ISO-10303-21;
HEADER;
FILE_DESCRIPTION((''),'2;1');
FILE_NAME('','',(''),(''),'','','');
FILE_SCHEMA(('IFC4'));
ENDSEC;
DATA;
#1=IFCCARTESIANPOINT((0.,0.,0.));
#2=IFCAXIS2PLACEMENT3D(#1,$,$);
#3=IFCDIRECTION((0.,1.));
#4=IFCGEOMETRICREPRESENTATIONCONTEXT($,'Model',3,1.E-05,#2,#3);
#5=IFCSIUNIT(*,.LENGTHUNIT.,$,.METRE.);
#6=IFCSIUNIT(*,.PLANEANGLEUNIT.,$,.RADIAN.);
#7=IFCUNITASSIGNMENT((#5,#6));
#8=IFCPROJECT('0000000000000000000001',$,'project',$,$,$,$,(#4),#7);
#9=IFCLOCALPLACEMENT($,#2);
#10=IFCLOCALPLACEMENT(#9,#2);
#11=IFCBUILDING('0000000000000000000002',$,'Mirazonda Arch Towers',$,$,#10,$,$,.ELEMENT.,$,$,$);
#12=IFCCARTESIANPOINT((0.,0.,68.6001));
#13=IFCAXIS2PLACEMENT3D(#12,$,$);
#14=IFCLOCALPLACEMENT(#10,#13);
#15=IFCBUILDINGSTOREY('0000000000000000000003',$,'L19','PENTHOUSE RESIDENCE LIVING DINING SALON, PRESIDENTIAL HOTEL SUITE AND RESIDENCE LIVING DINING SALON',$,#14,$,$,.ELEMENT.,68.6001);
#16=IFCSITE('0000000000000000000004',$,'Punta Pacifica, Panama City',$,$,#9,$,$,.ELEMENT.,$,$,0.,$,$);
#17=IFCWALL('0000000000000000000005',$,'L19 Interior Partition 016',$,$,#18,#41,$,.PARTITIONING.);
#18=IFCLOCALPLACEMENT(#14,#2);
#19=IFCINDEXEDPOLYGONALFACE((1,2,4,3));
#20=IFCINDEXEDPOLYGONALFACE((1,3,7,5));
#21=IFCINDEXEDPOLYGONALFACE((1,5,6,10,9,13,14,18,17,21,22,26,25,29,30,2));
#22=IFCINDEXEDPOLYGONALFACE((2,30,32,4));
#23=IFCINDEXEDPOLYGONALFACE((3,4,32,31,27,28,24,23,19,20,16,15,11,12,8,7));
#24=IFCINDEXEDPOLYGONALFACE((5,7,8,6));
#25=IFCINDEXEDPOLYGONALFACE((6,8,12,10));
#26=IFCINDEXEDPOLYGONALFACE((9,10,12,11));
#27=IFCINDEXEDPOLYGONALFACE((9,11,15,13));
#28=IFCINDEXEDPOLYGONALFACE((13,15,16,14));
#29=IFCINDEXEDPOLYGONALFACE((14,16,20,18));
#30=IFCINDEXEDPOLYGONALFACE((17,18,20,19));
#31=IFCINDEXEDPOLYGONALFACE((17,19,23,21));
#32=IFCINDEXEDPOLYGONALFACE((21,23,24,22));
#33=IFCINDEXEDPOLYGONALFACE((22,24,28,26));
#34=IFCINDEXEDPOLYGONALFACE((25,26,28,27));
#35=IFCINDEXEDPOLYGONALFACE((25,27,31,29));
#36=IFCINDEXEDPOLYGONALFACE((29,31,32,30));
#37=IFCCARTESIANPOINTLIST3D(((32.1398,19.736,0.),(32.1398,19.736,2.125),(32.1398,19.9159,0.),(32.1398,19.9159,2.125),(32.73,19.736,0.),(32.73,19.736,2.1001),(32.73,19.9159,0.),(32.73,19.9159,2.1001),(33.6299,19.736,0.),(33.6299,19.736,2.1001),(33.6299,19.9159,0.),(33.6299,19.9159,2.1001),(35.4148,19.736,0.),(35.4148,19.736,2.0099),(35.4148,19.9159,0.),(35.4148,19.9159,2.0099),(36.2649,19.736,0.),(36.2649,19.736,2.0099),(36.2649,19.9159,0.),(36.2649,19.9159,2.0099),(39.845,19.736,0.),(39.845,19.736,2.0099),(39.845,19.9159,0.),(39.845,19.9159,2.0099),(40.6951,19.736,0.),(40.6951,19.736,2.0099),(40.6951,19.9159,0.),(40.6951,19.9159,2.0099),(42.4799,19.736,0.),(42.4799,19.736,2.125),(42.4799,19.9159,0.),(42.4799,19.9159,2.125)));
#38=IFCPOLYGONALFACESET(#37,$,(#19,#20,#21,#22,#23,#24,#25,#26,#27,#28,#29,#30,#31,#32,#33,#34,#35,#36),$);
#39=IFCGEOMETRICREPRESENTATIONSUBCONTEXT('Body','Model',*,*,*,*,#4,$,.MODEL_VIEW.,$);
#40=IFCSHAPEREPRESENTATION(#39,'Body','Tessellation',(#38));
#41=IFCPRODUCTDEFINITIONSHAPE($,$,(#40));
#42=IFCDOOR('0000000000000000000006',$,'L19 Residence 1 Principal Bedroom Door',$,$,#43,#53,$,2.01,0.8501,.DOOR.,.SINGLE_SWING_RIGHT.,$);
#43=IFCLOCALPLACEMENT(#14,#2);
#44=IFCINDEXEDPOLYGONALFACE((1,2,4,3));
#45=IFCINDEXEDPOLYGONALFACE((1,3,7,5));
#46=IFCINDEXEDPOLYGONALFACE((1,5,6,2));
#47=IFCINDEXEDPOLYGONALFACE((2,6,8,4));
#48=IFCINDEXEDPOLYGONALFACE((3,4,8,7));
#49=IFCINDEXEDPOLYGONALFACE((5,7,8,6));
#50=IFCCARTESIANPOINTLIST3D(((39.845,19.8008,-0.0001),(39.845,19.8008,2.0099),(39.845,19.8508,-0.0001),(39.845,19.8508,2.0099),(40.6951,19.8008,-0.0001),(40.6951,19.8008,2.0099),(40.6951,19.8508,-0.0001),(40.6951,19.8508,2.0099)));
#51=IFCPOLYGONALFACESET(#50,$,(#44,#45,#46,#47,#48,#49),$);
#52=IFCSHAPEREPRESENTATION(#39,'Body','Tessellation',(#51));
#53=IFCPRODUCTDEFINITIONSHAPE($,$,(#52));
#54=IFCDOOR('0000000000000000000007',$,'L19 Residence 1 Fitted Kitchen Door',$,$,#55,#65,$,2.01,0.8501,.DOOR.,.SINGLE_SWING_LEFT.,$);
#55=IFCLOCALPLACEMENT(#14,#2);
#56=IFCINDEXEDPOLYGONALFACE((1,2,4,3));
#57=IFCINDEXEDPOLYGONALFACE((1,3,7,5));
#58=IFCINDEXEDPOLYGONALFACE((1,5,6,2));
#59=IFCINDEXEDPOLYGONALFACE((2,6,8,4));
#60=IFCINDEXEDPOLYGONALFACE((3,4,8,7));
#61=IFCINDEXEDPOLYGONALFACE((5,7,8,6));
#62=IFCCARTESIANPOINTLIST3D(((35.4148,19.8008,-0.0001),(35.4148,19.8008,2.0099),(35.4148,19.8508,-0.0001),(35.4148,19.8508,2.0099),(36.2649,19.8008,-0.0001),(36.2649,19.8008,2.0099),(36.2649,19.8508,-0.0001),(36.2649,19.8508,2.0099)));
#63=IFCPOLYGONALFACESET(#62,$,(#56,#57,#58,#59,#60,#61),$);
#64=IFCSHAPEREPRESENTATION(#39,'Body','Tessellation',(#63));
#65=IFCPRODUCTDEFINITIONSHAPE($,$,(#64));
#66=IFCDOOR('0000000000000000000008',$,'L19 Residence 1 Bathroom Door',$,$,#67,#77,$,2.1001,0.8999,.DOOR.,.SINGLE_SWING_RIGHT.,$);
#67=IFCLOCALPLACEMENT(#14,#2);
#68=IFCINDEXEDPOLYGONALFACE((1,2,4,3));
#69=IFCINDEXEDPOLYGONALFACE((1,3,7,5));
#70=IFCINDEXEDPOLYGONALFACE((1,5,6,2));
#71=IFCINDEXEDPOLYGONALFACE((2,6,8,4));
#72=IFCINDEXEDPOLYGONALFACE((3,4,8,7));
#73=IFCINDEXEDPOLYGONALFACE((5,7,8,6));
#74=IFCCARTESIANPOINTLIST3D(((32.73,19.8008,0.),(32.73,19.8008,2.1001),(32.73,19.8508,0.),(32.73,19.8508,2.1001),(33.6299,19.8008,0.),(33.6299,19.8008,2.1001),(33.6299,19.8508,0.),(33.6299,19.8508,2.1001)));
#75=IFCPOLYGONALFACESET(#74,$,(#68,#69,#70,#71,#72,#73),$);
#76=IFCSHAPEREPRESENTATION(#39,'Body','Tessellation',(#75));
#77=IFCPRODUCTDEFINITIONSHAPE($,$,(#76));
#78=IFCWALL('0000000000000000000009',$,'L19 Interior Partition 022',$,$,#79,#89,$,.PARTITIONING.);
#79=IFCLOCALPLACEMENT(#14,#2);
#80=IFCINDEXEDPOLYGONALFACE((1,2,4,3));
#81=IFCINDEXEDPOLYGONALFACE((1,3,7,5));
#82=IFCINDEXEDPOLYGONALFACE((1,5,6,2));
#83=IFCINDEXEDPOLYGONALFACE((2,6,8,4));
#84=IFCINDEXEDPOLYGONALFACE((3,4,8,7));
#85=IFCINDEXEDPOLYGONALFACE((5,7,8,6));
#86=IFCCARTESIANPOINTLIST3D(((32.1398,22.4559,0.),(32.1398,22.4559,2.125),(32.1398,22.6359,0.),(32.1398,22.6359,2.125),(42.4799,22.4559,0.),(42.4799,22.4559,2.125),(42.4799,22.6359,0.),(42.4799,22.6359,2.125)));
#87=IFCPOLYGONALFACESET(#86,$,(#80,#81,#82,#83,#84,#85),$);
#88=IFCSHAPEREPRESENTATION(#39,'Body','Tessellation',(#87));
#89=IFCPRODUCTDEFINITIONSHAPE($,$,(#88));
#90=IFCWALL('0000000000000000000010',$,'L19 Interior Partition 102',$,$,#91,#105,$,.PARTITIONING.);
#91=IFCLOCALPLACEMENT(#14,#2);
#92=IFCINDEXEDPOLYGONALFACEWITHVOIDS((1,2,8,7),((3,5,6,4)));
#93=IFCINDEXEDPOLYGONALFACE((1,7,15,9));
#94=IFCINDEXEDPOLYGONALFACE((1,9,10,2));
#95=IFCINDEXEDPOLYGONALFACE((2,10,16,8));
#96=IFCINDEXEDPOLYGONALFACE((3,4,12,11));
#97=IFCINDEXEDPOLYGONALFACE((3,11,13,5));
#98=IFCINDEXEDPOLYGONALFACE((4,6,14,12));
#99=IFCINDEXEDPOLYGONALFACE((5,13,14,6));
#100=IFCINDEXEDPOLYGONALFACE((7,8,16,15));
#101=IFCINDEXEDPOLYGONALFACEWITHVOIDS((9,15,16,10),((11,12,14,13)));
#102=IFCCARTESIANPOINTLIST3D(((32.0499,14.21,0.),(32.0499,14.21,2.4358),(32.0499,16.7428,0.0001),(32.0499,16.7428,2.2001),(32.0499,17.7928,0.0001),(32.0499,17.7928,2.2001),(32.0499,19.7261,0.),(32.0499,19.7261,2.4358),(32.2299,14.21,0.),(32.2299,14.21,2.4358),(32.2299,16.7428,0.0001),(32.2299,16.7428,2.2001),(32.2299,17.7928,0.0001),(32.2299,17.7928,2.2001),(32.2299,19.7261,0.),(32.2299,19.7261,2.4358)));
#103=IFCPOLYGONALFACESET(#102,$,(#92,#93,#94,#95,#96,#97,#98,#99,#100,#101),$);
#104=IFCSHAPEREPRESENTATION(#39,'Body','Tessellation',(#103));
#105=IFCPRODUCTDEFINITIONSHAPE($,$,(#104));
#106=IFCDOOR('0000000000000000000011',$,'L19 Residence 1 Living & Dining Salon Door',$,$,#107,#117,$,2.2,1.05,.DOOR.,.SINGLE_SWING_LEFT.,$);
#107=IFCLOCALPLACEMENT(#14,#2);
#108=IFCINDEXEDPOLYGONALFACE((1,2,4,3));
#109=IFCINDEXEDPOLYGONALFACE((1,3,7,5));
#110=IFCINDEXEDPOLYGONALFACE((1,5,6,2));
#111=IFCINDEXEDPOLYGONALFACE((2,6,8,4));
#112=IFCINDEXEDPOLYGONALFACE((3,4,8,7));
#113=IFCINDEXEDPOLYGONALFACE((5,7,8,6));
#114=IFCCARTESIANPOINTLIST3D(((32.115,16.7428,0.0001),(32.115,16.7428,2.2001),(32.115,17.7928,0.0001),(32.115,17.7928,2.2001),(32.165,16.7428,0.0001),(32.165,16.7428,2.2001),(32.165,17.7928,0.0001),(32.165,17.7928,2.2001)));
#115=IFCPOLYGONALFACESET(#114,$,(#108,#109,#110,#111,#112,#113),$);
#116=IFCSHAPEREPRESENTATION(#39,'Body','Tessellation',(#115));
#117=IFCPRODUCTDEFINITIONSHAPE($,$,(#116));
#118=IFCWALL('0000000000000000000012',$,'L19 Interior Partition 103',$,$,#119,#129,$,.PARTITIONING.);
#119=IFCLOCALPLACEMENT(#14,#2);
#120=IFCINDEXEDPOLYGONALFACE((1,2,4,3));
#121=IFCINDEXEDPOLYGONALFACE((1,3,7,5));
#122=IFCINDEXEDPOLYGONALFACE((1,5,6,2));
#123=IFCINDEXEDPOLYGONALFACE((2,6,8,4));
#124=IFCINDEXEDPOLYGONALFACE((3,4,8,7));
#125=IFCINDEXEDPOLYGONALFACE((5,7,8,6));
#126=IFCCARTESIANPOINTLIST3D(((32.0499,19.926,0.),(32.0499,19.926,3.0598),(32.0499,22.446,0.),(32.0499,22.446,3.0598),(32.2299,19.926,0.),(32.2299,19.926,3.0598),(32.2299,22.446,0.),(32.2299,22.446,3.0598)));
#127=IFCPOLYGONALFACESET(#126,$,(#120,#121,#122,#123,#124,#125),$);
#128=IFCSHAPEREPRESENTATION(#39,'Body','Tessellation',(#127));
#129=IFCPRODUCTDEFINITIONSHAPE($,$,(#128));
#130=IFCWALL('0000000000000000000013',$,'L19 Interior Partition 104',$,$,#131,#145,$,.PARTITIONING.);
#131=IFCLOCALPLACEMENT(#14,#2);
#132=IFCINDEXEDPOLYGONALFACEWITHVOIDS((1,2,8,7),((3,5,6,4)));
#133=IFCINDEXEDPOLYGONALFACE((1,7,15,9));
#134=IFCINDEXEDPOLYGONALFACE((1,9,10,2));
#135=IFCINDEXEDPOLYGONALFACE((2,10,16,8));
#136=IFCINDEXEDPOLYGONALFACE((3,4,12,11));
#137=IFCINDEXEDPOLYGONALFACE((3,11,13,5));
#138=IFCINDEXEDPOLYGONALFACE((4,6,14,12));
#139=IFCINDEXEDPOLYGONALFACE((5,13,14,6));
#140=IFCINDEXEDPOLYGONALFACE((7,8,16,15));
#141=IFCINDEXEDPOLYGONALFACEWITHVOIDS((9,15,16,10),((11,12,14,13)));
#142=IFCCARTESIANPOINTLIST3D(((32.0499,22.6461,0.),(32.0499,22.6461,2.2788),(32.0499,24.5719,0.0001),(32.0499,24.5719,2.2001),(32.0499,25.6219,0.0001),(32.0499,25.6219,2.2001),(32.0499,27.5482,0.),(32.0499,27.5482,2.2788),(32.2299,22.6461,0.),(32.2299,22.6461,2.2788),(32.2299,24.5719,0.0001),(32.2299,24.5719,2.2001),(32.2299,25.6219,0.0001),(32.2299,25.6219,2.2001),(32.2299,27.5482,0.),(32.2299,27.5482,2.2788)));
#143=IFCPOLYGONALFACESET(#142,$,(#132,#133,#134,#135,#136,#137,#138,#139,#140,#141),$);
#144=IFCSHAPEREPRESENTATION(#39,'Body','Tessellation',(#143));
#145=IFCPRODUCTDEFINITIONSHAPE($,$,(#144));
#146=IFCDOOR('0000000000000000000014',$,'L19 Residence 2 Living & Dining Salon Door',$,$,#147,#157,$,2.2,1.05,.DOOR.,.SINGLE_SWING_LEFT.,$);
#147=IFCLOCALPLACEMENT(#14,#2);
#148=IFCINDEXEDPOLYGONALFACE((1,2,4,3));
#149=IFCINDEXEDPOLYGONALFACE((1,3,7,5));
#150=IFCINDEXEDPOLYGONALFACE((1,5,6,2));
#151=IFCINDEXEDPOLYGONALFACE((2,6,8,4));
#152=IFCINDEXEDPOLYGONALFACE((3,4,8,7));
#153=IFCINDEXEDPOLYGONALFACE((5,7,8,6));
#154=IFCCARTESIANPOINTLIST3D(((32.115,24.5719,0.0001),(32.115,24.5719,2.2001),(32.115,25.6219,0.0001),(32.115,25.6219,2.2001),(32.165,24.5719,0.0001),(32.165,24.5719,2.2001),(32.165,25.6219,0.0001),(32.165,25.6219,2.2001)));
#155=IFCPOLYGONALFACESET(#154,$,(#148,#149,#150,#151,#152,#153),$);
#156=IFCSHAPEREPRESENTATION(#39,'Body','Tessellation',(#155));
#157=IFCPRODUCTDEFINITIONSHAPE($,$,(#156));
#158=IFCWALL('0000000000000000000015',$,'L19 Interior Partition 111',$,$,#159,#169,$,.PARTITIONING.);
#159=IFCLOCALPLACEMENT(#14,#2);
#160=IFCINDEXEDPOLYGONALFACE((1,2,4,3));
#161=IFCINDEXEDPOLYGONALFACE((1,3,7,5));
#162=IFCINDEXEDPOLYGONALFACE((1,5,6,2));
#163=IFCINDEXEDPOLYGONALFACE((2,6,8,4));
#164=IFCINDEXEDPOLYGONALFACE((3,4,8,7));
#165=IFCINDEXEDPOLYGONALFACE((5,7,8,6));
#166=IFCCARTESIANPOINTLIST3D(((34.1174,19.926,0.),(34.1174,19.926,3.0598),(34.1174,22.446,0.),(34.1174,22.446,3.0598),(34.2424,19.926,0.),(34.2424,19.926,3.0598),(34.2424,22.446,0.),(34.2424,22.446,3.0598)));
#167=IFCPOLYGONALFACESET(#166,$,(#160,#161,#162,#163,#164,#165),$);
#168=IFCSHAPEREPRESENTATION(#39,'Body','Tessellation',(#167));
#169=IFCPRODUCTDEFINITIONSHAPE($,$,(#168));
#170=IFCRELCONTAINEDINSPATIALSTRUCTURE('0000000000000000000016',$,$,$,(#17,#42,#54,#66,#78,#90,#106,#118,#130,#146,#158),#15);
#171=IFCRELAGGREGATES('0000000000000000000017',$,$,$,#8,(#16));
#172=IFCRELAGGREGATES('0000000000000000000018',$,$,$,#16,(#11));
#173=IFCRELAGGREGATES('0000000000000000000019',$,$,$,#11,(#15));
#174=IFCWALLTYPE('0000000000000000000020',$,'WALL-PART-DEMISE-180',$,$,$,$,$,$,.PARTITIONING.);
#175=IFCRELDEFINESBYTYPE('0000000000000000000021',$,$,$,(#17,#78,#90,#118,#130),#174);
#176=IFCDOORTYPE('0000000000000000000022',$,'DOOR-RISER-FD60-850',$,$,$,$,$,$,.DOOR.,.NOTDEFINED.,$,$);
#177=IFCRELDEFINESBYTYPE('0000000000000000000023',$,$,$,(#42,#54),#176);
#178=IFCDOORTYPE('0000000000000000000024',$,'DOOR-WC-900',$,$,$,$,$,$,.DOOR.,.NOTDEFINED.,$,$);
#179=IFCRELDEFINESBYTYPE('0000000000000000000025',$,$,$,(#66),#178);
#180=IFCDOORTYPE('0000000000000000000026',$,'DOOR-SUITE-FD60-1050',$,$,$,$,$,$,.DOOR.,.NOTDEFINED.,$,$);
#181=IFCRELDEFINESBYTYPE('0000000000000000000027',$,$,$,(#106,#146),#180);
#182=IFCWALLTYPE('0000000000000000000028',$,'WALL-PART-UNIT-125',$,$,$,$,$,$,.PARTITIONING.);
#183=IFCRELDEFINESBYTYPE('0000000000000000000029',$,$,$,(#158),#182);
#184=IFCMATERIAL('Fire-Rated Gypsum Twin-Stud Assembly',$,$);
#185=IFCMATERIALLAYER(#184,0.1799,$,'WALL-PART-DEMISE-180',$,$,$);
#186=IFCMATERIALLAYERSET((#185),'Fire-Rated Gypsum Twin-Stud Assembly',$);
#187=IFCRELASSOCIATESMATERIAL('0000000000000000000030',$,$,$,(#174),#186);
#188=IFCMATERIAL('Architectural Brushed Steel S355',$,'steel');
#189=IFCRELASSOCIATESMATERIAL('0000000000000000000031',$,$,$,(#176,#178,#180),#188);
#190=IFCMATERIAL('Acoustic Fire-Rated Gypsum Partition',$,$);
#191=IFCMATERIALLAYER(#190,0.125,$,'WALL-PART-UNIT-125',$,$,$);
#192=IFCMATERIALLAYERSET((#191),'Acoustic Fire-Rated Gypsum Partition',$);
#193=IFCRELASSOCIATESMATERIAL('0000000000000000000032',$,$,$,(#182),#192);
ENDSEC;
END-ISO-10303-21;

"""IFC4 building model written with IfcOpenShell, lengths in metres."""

from ifc_helpers import new_model, si_unit, direction, frame, frame_2d, origin, place, context, subcontext, project, spatial, rectangle, extrude, material, layer, layer_set, type_object, element, fill, save


model = new_model("IFC4")

# Units and contexts
model_context = context("Model", 3, precision=1e-05, world=origin(), true_north=direction((0.0, 1.0)))
body_context = subcontext(model_context, "Body", "Model", "MODEL_VIEW")
ifc_project = project(units=[si_unit("LENGTHUNIT", "METRE"), si_unit("PLANEANGLEUNIT", "RADIAN")], contexts=[model_context])

# Site, building, storey
site_placement = place(None, origin())
site = spatial("IfcSite", under=ifc_project, at=site_placement, Name="Punta Pacifica, Panama City", CompositionType="ELEMENT", RefElevation=0.0)
building_placement = place(site_placement, origin())
building = spatial("IfcBuilding", under=site, at=building_placement, Name="Mirazonda Arch Towers", CompositionType="ELEMENT")
storey_placement = place(building_placement, frame((0.0, 0.0, 68.6001)))
storey = spatial("IfcBuildingStorey", under=building, at=storey_placement, Name="L19", Description="PENTHOUSE RESIDENCE LIVING DINING SALON, PRESIDENTIAL HOTEL SUITE AND RESIDENCE LIVING DINING SALON", CompositionType="ELEMENT", Elevation=68.6001)

# Wall, openings, doors
ifc_material_1 = material(Name="Fire-Rated Gypsum Twin-Stud Assembly")
ifc_layer_1 = layer(ifc_material_1, 0.1799, Name="WALL-PART-DEMISE-180")
ifc_layer_set_1 = layer_set([ifc_layer_1], Name="Fire-Rated Gypsum Twin-Stud Assembly")
wall_type_1 = type_object("IfcWallType", Name="WALL-PART-DEMISE-180", PredefinedType="PARTITIONING", material=ifc_layer_set_1)
wall_1_placement = place(storey_placement, frame((32.1399, 19.8259, 0.0), z_axis=(0.0, 0.0, 1.0), x_axis=(1.0, 0.0, 0.0)))
wall_1 = element("IfcWall", 1, at=wall_1_placement, inside=storey, type_object=wall_type_1, Name="L19 Interior Partition 016", PredefinedType="PARTITIONING", context=body_context, shape_type="SweptSolid", body=[
    extrude(rectangle(XDim=10.3401, YDim=0.1799, at=frame_2d((5.1699, 0.0))), origin(), (0.0, 0.0, 1.0), 2.125),
])
opening_1_placement = place(wall_1_placement, frame((7.7051, 0.0, 0.0)))
opening_1 = element("IfcOpeningElement", 2, at=opening_1_placement, cuts=wall_1, PredefinedType="OPENING", context=body_context, shape_type="SweptSolid", body=[
    extrude(rectangle(XDim=0.8501, YDim=2.01, at=frame_2d((0.425, 1.0049))), frame((0.0, 0.0999, 0.0), z_axis=(0.0, -1.0, 0.0), x_axis=(1.0, 0.0, 0.0)), (0.0, 0.0, 1.0), 0.2),
])
opening_2_placement = place(wall_1_placement, frame((3.2749, 0.0, 0.0)))
opening_2 = element("IfcOpeningElement", 3, at=opening_2_placement, cuts=wall_1, PredefinedType="OPENING", context=body_context, shape_type="SweptSolid", body=[
    extrude(rectangle(XDim=0.8501, YDim=2.01, at=frame_2d((0.425, 1.0049))), frame((0.0, 0.0999, 0.0), z_axis=(0.0, -1.0, 0.0), x_axis=(1.0, 0.0, 0.0)), (0.0, 0.0, 1.0), 0.2),
])
opening_3_placement = place(wall_1_placement, frame((0.5901, 0.0, 0.0)))
opening_3 = element("IfcOpeningElement", 4, at=opening_3_placement, cuts=wall_1, PredefinedType="OPENING", context=body_context, shape_type="SweptSolid", body=[
    extrude(rectangle(XDim=0.8999, YDim=2.1001, at=frame_2d((0.45, 1.05))), frame((0.0, 0.0999, 0.0), z_axis=(0.0, -1.0, 0.0), x_axis=(1.0, 0.0, 0.0)), (0.0, 0.0, 1.0), 0.2),
])
ifc_material_2 = material(Name="Architectural Brushed Steel S355", Category="steel")
door_type_1 = type_object("IfcDoorType", Name="DOOR-RISER-FD60-850", OperationType="NOTDEFINED", PredefinedType="DOOR", material=ifc_material_2)
door_1_placement = place(opening_1_placement, origin())
door_1 = element("IfcDoor", 5, at=door_1_placement, inside=storey, type_object=door_type_1, Name="L19 Residence 1 Principal Bedroom Door", OperationType="SINGLE_SWING_RIGHT", OverallHeight=2.01, OverallWidth=0.8501, PredefinedType="DOOR", context=body_context, shape_type="SweptSolid", body=[
    extrude(rectangle(XDim=0.8501, YDim=2.01, at=frame_2d((0.425, 1.0049))), frame((0.0, 0.0249, 0.0), z_axis=(0.0, -1.0, 0.0), x_axis=(1.0, 0.0, 0.0)), (0.0, 0.0, 1.0), 0.05),
])
fill(opening_1, door_1)
door_2_placement = place(opening_2_placement, origin())
door_2 = element("IfcDoor", 6, at=door_2_placement, inside=storey, type_object=door_type_1, Name="L19 Residence 1 Fitted Kitchen Door", OperationType="SINGLE_SWING_LEFT", OverallHeight=2.01, OverallWidth=0.8501, PredefinedType="DOOR", context=body_context, shape_type="SweptSolid", body=[
    extrude(rectangle(XDim=0.8501, YDim=2.01, at=frame_2d((0.425, 1.0049))), frame((0.0, 0.0249, 0.0), z_axis=(0.0, -1.0, 0.0), x_axis=(1.0, 0.0, 0.0)), (0.0, 0.0, 1.0), 0.05),
])
fill(opening_2, door_2)
door_type_2 = type_object("IfcDoorType", Name="DOOR-WC-900", OperationType="NOTDEFINED", PredefinedType="DOOR", material=ifc_material_2)
door_3_placement = place(opening_3_placement, origin())
door_3 = element("IfcDoor", 7, at=door_3_placement, inside=storey, type_object=door_type_2, Name="L19 Residence 1 Bathroom Door", OperationType="SINGLE_SWING_RIGHT", OverallHeight=2.1001, OverallWidth=0.8999, PredefinedType="DOOR", context=body_context, shape_type="SweptSolid", body=[
    extrude(rectangle(XDim=0.8999, YDim=2.1001, at=frame_2d((0.45, 1.05))), frame((0.0, 0.0249, 0.0), z_axis=(0.0, -1.0, 0.0), x_axis=(1.0, 0.0, 0.0)), (0.0, 0.0, 1.0), 0.05),
])
fill(opening_3, door_3)

# Wall
wall_2_placement = place(storey_placement, frame((32.1399, 22.5459, 0.0), z_axis=(0.0, 0.0, 1.0), x_axis=(1.0, 0.0, 0.0)))
element("IfcWall", 8, at=wall_2_placement, inside=storey, type_object=wall_type_1, Name="L19 Interior Partition 022", PredefinedType="PARTITIONING", context=body_context, shape_type="SweptSolid", body=[
    extrude(rectangle(XDim=10.3401, YDim=0.1799, at=frame_2d((5.1699, 0.0))), origin(), (0.0, 0.0, 1.0), 2.125),
])

# Wall, opening, door
wall_3_placement = place(storey_placement, frame((32.1399, 14.21, 0.0), z_axis=(0.0, 0.0, 1.0), x_axis=(0.0, 1.0, 0.0)))
wall_3 = element("IfcWall", 9, at=wall_3_placement, inside=storey, type_object=wall_type_1, Name="L19 Interior Partition 102", PredefinedType="PARTITIONING", context=body_context, shape_type="SweptSolid", body=[
    extrude(rectangle(XDim=5.5161, YDim=0.1799, at=frame_2d((2.7581, 0.0))), origin(), (0.0, 0.0, 1.0), 2.4358),
])
opening_4_placement = place(wall_3_placement, frame((2.533, 0.0, 0.0)))
opening_4 = element("IfcOpeningElement", 10, at=opening_4_placement, cuts=wall_3, PredefinedType="OPENING", context=body_context, shape_type="SweptSolid", body=[
    extrude(rectangle(XDim=1.05, YDim=2.2, at=frame_2d((0.5249, 1.1001))), frame((0.0, 0.0999, 0.0), z_axis=(0.0, -1.0, 0.0), x_axis=(1.0, 0.0, 0.0)), (0.0, 0.0, 1.0), 0.2),
])
door_type_3 = type_object("IfcDoorType", Name="DOOR-SUITE-FD60-1050", OperationType="NOTDEFINED", PredefinedType="DOOR", material=ifc_material_2)
door_4_placement = place(opening_4_placement, origin())
door_4 = element("IfcDoor", 11, at=door_4_placement, inside=storey, type_object=door_type_3, Name="L19 Residence 1 Living & Dining Salon Door", OperationType="SINGLE_SWING_LEFT", OverallHeight=2.2, OverallWidth=1.05, PredefinedType="DOOR", context=body_context, shape_type="SweptSolid", body=[
    extrude(rectangle(XDim=1.05, YDim=2.2, at=frame_2d((0.5249, 1.1001))), frame((0.0, 0.0249, 0.0), z_axis=(0.0, -1.0, 0.0), x_axis=(1.0, 0.0, 0.0)), (0.0, 0.0, 1.0), 0.05),
])
fill(opening_4, door_4)

# Wall
wall_4_placement = place(storey_placement, frame((32.1399, 19.926, 0.0), z_axis=(0.0, 0.0, 1.0), x_axis=(0.0, 1.0, 0.0)))
element("IfcWall", 12, at=wall_4_placement, inside=storey, type_object=wall_type_1, Name="L19 Interior Partition 103", PredefinedType="PARTITIONING", context=body_context, shape_type="SweptSolid", body=[
    extrude(rectangle(XDim=2.52, YDim=0.1799, at=frame_2d((1.26, 0.0))), origin(), (0.0, 0.0, 1.0), 3.0598),
])

# Wall, opening, door
wall_5_placement = place(storey_placement, frame((32.1399, 22.646, 0.0), z_axis=(0.0, 0.0, 1.0), x_axis=(0.0, 1.0, 0.0)))
wall_5 = element("IfcWall", 13, at=wall_5_placement, inside=storey, type_object=wall_type_1, Name="L19 Interior Partition 104", PredefinedType="PARTITIONING", context=body_context, shape_type="SweptSolid", body=[
    extrude(rectangle(XDim=4.9021, YDim=0.1799, at=frame_2d((2.4512, 0.0))), origin(), (0.0, 0.0, 1.0), 2.2788),
])
opening_5_placement = place(wall_5_placement, frame((1.926, 0.0, 0.0)))
opening_5 = element("IfcOpeningElement", 14, at=opening_5_placement, cuts=wall_5, PredefinedType="OPENING", context=body_context, shape_type="SweptSolid", body=[
    extrude(rectangle(XDim=1.05, YDim=2.2, at=frame_2d((0.5249, 1.1001))), frame((0.0, 0.0999, 0.0), z_axis=(0.0, -1.0, 0.0), x_axis=(1.0, 0.0, 0.0)), (0.0, 0.0, 1.0), 0.2),
])
door_5_placement = place(opening_5_placement, origin())
door_5 = element("IfcDoor", 15, at=door_5_placement, inside=storey, type_object=door_type_3, Name="L19 Residence 2 Living & Dining Salon Door", OperationType="SINGLE_SWING_LEFT", OverallHeight=2.2, OverallWidth=1.05, PredefinedType="DOOR", context=body_context, shape_type="SweptSolid", body=[
    extrude(rectangle(XDim=1.05, YDim=2.2, at=frame_2d((0.5249, 1.1001))), frame((0.0, 0.0249, 0.0), z_axis=(0.0, -1.0, 0.0), x_axis=(1.0, 0.0, 0.0)), (0.0, 0.0, 1.0), 0.05),
])
fill(opening_5, door_5)

# Wall
ifc_material_3 = material(Name="Acoustic Fire-Rated Gypsum Partition")
ifc_layer_2 = layer(ifc_material_3, 0.125, Name="WALL-PART-UNIT-125")
ifc_layer_set_2 = layer_set([ifc_layer_2], Name="Acoustic Fire-Rated Gypsum Partition")
wall_type_2 = type_object("IfcWallType", Name="WALL-PART-UNIT-125", PredefinedType="PARTITIONING", material=ifc_layer_set_2)
wall_6_placement = place(storey_placement, frame((34.1799, 19.926, 0.0), z_axis=(0.0, 0.0, 1.0), x_axis=(0.0, 1.0, 0.0)))
element("IfcWall", 16, at=wall_6_placement, inside=storey, type_object=wall_type_2, Name="L19 Interior Partition 111", PredefinedType="PARTITIONING", context=body_context, shape_type="SweptSolid", body=[
    extrude(rectangle(XDim=2.52, YDim=0.125, at=frame_2d((1.26, 0.0))), origin(), (0.0, 0.0, 1.0), 3.0598),
])

save(model, "model.ifc")
